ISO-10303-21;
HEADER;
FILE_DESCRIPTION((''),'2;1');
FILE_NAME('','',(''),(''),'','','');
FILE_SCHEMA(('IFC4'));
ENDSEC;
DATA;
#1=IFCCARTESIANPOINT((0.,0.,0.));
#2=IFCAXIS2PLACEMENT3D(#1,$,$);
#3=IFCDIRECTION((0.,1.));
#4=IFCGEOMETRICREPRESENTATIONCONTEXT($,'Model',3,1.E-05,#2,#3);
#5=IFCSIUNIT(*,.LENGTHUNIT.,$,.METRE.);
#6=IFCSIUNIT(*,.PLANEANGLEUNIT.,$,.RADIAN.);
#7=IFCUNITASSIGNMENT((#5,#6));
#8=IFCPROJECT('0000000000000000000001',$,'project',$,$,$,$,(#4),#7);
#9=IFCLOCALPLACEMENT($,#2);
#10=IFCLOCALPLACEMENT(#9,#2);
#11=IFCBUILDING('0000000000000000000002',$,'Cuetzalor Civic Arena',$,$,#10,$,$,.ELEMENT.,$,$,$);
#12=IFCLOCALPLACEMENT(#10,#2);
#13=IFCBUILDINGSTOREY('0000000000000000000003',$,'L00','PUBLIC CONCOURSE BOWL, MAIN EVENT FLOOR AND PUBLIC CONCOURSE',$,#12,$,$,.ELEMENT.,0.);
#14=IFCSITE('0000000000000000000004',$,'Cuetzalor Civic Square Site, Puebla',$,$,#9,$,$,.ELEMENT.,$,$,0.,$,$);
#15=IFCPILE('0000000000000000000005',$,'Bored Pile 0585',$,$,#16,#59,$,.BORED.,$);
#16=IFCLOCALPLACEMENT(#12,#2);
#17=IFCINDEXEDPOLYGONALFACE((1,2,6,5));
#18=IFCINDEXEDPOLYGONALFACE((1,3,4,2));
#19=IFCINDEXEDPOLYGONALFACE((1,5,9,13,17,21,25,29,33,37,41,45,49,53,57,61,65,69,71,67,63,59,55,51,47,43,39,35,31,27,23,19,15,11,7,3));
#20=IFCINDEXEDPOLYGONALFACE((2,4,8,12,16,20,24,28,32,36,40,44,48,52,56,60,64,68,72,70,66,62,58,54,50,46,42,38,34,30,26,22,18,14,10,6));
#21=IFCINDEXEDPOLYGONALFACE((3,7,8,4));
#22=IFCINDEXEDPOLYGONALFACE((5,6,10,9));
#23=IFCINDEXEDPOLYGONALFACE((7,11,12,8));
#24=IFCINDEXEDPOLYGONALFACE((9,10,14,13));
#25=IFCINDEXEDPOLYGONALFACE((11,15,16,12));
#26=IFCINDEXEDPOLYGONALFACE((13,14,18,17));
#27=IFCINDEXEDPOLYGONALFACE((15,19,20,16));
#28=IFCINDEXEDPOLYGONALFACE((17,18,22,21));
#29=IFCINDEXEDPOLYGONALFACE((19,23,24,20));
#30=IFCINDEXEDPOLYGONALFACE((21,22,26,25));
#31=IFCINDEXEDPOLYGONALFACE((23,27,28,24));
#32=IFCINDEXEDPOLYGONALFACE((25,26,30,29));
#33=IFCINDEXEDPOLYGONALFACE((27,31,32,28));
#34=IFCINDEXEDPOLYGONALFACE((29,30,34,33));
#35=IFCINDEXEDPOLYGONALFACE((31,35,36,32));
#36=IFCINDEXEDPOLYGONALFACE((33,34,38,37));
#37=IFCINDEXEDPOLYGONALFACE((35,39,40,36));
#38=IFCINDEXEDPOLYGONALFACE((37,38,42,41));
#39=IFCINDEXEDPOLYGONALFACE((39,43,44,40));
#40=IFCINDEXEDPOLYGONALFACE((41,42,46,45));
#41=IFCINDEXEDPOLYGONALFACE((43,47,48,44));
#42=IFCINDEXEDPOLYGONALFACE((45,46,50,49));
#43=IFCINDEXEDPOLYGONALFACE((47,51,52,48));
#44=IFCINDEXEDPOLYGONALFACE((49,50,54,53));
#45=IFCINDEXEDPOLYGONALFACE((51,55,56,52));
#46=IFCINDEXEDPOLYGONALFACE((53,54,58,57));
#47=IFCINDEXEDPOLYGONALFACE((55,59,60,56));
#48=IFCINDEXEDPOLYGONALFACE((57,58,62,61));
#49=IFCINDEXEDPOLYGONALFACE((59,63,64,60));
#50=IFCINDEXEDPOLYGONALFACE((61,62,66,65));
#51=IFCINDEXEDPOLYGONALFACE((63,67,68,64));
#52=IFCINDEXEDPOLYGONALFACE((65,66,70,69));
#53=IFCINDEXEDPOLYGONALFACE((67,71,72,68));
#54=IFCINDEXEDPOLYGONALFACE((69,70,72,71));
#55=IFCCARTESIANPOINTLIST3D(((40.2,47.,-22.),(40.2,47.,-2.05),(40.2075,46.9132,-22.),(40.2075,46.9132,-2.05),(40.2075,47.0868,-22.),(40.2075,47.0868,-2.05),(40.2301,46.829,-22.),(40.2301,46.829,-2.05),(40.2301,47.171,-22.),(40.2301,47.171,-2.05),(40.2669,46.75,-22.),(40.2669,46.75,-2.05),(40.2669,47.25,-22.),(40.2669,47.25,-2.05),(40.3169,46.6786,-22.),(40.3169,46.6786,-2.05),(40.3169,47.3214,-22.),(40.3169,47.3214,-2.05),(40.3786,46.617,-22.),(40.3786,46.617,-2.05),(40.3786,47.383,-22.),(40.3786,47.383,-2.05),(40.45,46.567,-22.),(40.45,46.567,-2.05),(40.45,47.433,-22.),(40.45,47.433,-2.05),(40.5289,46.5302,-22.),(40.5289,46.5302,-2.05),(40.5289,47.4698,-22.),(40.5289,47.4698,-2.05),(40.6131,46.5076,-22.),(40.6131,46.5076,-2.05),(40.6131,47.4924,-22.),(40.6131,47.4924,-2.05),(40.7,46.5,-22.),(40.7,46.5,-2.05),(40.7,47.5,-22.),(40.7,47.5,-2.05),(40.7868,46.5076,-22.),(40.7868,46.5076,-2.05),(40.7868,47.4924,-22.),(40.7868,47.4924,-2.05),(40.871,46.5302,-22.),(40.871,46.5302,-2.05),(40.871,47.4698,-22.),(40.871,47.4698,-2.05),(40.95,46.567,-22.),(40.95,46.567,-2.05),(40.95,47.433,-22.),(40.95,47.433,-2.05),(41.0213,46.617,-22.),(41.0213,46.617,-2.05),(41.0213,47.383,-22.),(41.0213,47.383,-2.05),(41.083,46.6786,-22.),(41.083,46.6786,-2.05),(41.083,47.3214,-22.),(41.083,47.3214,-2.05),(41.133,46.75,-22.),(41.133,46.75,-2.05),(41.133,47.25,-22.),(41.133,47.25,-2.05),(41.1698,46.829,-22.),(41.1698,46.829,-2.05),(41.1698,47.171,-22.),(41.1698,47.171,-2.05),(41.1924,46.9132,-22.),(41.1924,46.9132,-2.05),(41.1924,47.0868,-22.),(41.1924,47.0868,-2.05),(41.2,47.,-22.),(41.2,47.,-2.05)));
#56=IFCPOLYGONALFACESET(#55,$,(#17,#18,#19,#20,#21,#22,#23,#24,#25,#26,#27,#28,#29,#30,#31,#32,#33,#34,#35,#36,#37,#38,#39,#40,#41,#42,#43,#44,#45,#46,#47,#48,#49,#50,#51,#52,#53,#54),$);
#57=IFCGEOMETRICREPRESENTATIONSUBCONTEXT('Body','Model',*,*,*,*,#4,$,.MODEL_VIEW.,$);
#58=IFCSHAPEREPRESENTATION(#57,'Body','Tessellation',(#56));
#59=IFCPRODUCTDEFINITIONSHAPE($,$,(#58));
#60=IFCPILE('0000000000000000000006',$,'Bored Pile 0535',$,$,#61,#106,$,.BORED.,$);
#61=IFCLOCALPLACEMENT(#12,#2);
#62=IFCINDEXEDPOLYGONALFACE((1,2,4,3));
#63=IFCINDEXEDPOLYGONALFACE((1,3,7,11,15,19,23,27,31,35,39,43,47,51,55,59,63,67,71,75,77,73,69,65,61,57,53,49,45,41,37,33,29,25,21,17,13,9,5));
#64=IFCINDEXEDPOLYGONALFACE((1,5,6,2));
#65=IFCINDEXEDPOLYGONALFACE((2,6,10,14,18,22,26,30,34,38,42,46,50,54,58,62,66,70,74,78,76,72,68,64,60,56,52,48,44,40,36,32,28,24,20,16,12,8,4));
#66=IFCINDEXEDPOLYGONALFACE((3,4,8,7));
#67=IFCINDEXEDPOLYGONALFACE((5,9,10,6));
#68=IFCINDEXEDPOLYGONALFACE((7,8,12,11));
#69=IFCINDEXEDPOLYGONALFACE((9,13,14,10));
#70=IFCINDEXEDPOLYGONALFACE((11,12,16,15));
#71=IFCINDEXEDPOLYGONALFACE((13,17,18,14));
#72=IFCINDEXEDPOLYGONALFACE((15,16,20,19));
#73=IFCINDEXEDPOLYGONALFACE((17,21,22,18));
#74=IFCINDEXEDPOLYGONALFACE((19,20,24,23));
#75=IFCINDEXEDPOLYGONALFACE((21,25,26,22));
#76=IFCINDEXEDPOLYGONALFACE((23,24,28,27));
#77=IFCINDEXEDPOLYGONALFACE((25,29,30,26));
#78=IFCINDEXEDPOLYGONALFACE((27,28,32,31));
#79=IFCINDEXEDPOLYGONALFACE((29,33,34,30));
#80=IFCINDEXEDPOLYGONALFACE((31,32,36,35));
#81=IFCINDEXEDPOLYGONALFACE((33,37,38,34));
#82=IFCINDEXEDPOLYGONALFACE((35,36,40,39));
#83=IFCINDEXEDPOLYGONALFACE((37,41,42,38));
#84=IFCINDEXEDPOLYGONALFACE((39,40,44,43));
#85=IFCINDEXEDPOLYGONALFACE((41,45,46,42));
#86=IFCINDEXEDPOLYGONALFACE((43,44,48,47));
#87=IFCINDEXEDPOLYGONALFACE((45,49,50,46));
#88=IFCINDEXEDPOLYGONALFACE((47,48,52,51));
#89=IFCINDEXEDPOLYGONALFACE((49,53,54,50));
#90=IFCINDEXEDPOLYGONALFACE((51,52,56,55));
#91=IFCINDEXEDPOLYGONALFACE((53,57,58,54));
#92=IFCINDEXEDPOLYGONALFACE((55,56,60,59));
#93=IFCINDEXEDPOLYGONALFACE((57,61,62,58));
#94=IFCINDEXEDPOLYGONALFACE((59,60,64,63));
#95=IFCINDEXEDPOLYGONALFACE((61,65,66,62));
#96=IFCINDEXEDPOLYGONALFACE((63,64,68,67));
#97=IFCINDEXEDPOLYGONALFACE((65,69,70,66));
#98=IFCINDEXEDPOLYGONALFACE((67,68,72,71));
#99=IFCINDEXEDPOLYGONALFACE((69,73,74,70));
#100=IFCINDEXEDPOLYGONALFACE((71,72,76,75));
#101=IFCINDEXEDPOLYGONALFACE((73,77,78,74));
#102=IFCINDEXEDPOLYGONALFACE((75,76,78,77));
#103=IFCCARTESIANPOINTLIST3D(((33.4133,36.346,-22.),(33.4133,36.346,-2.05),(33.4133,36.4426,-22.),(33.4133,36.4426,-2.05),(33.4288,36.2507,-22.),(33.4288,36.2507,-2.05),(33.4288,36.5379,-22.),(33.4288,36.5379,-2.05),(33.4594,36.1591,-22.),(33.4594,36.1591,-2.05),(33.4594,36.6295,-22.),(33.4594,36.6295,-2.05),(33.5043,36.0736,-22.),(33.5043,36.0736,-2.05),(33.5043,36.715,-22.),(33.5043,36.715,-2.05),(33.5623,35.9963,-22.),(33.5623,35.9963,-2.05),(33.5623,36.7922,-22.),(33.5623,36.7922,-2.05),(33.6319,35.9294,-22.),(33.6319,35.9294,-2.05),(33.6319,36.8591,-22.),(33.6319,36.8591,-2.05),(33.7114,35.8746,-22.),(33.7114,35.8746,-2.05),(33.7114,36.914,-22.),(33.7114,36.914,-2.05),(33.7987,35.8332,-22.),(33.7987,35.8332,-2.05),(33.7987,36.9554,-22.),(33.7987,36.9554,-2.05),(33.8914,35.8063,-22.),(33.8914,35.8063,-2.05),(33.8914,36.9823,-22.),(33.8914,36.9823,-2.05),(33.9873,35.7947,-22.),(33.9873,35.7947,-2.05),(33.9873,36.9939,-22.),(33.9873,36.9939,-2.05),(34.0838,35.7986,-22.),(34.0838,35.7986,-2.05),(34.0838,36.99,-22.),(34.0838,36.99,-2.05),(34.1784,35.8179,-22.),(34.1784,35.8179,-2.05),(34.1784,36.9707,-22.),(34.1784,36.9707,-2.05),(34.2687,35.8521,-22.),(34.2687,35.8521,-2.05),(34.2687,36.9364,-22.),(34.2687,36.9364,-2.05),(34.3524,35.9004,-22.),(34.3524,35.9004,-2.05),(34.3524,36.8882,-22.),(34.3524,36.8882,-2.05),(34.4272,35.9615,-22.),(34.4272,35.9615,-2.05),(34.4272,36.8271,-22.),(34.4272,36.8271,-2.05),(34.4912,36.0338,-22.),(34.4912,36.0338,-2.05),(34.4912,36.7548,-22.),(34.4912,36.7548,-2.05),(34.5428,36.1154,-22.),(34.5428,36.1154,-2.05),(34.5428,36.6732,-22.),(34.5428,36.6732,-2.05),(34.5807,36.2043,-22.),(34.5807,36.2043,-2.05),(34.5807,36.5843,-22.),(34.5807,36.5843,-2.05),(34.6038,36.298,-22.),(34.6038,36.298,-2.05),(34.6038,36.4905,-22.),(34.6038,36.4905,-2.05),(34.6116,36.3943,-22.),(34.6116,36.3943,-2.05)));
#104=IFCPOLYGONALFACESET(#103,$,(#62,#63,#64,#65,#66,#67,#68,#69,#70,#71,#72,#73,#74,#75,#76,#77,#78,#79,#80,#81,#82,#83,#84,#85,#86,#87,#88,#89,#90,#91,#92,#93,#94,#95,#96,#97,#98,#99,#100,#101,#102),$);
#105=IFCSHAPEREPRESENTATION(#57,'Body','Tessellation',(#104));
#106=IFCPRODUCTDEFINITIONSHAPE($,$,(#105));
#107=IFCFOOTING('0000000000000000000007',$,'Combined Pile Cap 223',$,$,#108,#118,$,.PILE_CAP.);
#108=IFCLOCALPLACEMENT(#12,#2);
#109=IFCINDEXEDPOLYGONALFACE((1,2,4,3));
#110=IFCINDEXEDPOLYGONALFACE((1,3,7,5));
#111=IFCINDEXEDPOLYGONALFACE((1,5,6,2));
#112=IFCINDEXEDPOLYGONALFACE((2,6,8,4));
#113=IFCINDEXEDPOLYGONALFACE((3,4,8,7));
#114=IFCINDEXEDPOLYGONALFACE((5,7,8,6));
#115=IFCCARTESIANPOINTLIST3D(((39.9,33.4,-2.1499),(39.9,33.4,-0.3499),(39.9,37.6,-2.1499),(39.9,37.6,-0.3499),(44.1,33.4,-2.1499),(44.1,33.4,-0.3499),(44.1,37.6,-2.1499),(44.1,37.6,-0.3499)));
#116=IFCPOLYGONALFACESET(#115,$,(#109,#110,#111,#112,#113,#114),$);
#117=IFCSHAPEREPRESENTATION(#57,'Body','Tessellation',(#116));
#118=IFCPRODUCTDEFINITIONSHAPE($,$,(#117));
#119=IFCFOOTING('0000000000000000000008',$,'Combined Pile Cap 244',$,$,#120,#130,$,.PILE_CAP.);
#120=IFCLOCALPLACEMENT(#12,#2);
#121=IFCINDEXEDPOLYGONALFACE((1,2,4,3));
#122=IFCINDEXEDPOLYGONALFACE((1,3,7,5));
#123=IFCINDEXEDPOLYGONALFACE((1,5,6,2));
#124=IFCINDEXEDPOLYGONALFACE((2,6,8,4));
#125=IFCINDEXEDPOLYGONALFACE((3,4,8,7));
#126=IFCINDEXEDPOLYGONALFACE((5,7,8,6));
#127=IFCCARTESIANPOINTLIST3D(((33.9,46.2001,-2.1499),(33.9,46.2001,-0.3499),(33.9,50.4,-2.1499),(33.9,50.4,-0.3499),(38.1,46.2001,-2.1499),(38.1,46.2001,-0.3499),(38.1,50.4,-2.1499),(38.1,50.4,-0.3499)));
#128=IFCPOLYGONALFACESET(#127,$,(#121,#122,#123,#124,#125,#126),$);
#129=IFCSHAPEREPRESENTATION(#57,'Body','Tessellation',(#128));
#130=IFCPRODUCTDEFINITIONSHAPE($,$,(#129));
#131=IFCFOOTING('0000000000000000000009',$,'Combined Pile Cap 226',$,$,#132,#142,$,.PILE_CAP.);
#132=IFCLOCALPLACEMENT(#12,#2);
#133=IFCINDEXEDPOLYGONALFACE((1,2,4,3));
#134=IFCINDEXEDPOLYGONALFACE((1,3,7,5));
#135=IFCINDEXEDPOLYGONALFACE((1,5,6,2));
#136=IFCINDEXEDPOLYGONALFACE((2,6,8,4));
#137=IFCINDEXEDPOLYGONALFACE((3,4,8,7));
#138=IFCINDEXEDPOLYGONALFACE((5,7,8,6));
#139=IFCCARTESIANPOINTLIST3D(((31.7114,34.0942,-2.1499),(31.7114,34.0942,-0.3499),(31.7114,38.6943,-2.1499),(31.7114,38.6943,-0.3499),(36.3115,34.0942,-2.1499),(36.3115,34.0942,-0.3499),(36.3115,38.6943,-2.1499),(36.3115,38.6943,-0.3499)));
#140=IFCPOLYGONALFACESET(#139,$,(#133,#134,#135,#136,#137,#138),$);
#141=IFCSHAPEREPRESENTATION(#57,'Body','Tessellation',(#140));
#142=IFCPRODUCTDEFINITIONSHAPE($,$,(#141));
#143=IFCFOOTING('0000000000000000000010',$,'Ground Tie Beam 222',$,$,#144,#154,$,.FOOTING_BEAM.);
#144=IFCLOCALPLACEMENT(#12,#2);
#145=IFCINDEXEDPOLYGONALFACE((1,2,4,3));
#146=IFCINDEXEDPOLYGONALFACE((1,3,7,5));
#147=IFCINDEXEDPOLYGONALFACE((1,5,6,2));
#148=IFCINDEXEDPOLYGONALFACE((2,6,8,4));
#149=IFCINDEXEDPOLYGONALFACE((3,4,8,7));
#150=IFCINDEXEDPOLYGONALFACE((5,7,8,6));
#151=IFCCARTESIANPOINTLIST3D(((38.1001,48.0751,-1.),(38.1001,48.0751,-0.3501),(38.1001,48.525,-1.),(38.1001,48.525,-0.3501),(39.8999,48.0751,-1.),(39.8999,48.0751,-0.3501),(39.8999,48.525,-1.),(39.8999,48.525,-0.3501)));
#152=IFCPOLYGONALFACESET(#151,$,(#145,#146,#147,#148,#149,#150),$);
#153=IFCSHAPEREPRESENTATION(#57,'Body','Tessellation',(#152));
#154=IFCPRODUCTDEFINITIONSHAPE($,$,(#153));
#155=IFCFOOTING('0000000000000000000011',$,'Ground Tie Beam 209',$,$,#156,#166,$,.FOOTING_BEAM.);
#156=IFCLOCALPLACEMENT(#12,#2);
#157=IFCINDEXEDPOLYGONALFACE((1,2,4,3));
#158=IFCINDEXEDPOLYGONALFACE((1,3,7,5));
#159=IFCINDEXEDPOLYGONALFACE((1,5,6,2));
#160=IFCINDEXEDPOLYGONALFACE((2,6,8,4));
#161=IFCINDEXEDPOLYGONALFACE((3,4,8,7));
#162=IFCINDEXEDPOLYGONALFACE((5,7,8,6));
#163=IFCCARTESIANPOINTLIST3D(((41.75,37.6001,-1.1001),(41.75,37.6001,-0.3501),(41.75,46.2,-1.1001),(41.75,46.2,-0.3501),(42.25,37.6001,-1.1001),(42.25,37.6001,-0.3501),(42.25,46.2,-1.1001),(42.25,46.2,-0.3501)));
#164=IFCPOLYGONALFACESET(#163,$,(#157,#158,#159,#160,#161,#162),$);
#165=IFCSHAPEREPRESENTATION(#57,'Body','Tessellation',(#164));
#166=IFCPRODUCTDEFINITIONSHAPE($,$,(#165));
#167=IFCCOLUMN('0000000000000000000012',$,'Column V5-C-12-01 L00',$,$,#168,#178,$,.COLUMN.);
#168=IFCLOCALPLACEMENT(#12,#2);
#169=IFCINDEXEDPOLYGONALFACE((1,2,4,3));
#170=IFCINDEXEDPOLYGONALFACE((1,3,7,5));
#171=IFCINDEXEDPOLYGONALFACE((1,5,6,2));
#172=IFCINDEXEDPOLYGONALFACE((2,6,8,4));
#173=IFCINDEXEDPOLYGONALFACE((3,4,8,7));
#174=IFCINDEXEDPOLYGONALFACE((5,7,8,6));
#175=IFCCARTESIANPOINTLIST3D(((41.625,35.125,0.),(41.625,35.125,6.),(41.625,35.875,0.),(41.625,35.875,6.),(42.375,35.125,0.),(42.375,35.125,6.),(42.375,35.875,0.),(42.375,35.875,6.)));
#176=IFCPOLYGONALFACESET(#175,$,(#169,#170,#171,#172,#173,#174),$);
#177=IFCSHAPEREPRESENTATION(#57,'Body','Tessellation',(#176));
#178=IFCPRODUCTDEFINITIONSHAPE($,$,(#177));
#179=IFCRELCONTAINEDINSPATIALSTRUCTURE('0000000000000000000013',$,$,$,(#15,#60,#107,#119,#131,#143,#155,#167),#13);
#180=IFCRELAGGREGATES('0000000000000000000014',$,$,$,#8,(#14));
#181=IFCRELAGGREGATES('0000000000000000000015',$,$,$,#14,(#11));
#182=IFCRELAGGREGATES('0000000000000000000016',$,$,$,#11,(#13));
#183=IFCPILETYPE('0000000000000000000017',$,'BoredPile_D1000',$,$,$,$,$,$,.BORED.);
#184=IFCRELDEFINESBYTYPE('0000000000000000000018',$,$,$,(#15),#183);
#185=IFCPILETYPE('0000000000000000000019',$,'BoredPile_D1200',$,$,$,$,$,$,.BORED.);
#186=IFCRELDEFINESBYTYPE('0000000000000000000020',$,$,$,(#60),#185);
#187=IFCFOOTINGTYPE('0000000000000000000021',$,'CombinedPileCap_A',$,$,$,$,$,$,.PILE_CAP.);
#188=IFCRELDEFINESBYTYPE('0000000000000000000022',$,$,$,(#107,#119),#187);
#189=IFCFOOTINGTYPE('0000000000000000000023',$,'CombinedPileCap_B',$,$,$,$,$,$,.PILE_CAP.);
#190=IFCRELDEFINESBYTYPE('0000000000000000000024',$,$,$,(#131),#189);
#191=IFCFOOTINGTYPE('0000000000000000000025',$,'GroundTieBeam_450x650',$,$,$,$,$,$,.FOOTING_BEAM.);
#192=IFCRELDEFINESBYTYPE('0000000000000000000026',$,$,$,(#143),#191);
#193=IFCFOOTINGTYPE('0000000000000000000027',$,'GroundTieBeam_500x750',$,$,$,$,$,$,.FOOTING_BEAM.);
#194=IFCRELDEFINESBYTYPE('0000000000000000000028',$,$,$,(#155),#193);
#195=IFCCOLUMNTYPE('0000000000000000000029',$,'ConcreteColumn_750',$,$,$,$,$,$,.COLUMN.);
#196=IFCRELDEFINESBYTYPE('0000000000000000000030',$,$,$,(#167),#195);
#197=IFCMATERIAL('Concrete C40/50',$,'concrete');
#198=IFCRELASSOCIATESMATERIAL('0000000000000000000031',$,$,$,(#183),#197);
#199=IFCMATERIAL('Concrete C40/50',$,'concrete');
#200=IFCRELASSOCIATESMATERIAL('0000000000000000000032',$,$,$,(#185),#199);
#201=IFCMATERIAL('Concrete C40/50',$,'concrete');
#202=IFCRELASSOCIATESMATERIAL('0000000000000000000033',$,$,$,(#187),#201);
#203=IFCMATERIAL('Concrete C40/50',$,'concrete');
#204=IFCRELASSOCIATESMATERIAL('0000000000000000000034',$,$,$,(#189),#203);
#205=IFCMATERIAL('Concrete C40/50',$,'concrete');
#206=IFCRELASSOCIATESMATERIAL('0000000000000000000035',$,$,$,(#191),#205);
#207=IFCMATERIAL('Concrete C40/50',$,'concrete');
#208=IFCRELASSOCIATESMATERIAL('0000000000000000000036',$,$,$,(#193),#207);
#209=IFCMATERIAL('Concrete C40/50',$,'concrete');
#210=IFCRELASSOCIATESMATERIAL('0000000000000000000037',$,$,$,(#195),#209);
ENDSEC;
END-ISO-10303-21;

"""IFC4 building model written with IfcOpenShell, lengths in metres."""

from ifc_helpers import new_model, si_unit, direction, frame, origin, origin_2d, place, context, subcontext, project, spatial, rectangle, circle, extrude, material, material_profile, profile_set, type_object, element, save


model = new_model("IFC4")

# Units and contexts
model_context = context("Model", 3, precision=1e-05, world=origin(), true_north=direction((0.0, 1.0)))
body_context = subcontext(model_context, "Body", "Model", "MODEL_VIEW")
ifc_project = project(units=[si_unit("LENGTHUNIT", "METRE"), si_unit("PLANEANGLEUNIT", "RADIAN")], contexts=[model_context])

# Site, building, storey
site_placement = place(None, origin())
site = spatial("IfcSite", under=ifc_project, at=site_placement, Name="Cuetzalor Civic Square Site, Puebla", CompositionType="ELEMENT", RefElevation=0.0)
building_placement = place(site_placement, origin())
building = spatial("IfcBuilding", under=site, at=building_placement, Name="Cuetzalor Civic Arena", CompositionType="ELEMENT")
storey_placement = place(building_placement, origin())
storey = spatial("IfcBuildingStorey", under=building, at=storey_placement, Name="L00", Description="PUBLIC CONCOURSE BOWL, MAIN EVENT FLOOR AND PUBLIC CONCOURSE", CompositionType="ELEMENT", Elevation=0.0)

# Piles
ifc_material_1 = material(Name="Concrete C40/50", Category="concrete")
ifc_material_profile_1 = material_profile(ifc_material_1, circle(Radius=0.5, at=origin_2d()), Name="BORED PILE D1000")
ifc_profile_set_1 = profile_set([ifc_material_profile_1], Name="Concrete C40/50")
pile_type_1 = type_object("IfcPileType", Name="BoredPile_D1000", PredefinedType="BORED", material=ifc_profile_set_1)
for number, where, z_axis, x_axis, name in (
    (1, (40.7, 47.0, -2.05), (0.0, 0.0, -1.0), (1.0, 0.0, 0.0), "Bored Pile 0585"),
):
    element("IfcPile", number, at=place(storey_placement, frame(where, z_axis=z_axis, x_axis=x_axis)), inside=storey, type_object=pile_type_1, Name=name, PredefinedType="BORED", context=body_context, shape_type="SweptSolid", body=[
        extrude(circle(Radius=0.5, at=origin_2d()), origin(), (0.0, 0.0, 1.0), 19.95),
    ])
ifc_material_2 = material(Name="Concrete C40/50", Category="concrete")
ifc_material_profile_2 = material_profile(ifc_material_2, circle(Radius=0.6001, at=origin_2d()), Name="BORED PILE D1200")
ifc_profile_set_2 = profile_set([ifc_material_profile_2], Name="Concrete C40/50")
pile_type_2 = type_object("IfcPileType", Name="BoredPile_D1200", PredefinedType="BORED", material=ifc_profile_set_2)
pile_placement = place(storey_placement, frame((34.0115, 36.3943, -2.05), z_axis=(0.0, 0.0, -1.0), x_axis=(1.0, 0.0, 0.0)))
element("IfcPile", 2, at=pile_placement, inside=storey, type_object=pile_type_2, Name="Bored Pile 0535", PredefinedType="BORED", context=body_context, shape_type="SweptSolid", body=[
    extrude(circle(Radius=0.6001, at=origin_2d()), origin(), (0.0, 0.0, 1.0), 19.95),
])

# Footings
ifc_material_3 = material(Name="Concrete C40/50", Category="concrete")
footing_type_1 = type_object("IfcFootingType", Name="CombinedPileCap_A", PredefinedType="PILE_CAP", material=ifc_material_3)
for number, where, z_axis, x_axis, name in (
    (3, (42.0, 35.5, -2.1499), (0.0, 0.0, 1.0), (1.0, 0.0, 0.0), "Combined Pile Cap 223"),
    (4, (36.0, 48.3, -2.1499), (0.0, 0.0, 1.0), (1.0, 0.0, 0.0), "Combined Pile Cap 244"),
):
    element("IfcFooting", number, at=place(storey_placement, frame(where, z_axis=z_axis, x_axis=x_axis)), inside=storey, type_object=footing_type_1, Name=name, PredefinedType="PILE_CAP", context=body_context, shape_type="SweptSolid", body=[
        extrude(rectangle(XDim=4.2, YDim=4.2, at=origin_2d()), origin(), (0.0, 0.0, 1.0), 1.8),
    ])
ifc_material_4 = material(Name="Concrete C40/50", Category="concrete")
footing_type_2 = type_object("IfcFootingType", Name="CombinedPileCap_B", PredefinedType="PILE_CAP", material=ifc_material_4)
footing_1_placement = place(storey_placement, frame((34.0115, 36.3943, -2.1499), z_axis=(0.0, 0.0, 1.0), x_axis=(1.0, 0.0, 0.0)))
element("IfcFooting", 5, at=footing_1_placement, inside=storey, type_object=footing_type_2, Name="Combined Pile Cap 226", PredefinedType="PILE_CAP", context=body_context, shape_type="SweptSolid", body=[
    extrude(rectangle(XDim=4.6001, YDim=4.6001, at=origin_2d()), origin(), (0.0, 0.0, 1.0), 1.8),
])
ifc_material_5 = material(Name="Concrete C40/50", Category="concrete")
ifc_material_profile_3 = material_profile(ifc_material_5, rectangle(XDim=0.45, YDim=0.6499, at=origin_2d()), Name="RC 450x650")
ifc_profile_set_3 = profile_set([ifc_material_profile_3], Name="Concrete C40/50")
footing_type_3 = type_object("IfcFootingType", Name="GroundTieBeam_450x650", PredefinedType="FOOTING_BEAM", material=ifc_profile_set_3)
footing_2_placement = place(storey_placement, frame((38.1001, 48.3, -0.675), z_axis=(1.0, 0.0, 0.0), x_axis=(0.0, 1.0, 0.0)))
element("IfcFooting", 6, at=footing_2_placement, inside=storey, type_object=footing_type_3, Name="Ground Tie Beam 222", PredefinedType="FOOTING_BEAM", context=body_context, shape_type="SweptSolid", body=[
    extrude(rectangle(XDim=0.45, YDim=0.6499, at=origin_2d()), origin(), (0.0, 0.0, 1.0), 1.7998),
])
ifc_material_6 = material(Name="Concrete C40/50", Category="concrete")
ifc_material_profile_4 = material_profile(ifc_material_6, rectangle(XDim=0.5, YDim=0.75, at=origin_2d()), Name="RC 500x750")
ifc_profile_set_4 = profile_set([ifc_material_profile_4], Name="Concrete C40/50")
footing_type_4 = type_object("IfcFootingType", Name="GroundTieBeam_500x750", PredefinedType="FOOTING_BEAM", material=ifc_profile_set_4)
footing_3_placement = place(storey_placement, frame((42.0, 37.6001, -0.7251), z_axis=(0.0, 1.0, 0.0), x_axis=(-1.0, 0.0, 0.0)))
element("IfcFooting", 7, at=footing_3_placement, inside=storey, type_object=footing_type_4, Name="Ground Tie Beam 209", PredefinedType="FOOTING_BEAM", context=body_context, shape_type="SweptSolid", body=[
    extrude(rectangle(XDim=0.5, YDim=0.75, at=origin_2d()), origin(), (0.0, 0.0, 1.0), 8.5999),
])

# Column
ifc_material_7 = material(Name="Concrete C40/50", Category="concrete")
ifc_material_profile_5 = material_profile(ifc_material_7, rectangle(XDim=0.75, YDim=0.75, at=origin_2d()), Name="RC 750x750")
ifc_profile_set_5 = profile_set([ifc_material_profile_5], Name="Concrete C40/50")
column_type_1 = type_object("IfcColumnType", Name="ConcreteColumn_750", PredefinedType="COLUMN", material=ifc_profile_set_5)
column_1_placement = place(storey_placement, frame((42.0, 35.5, 0.0), z_axis=(0.0, 0.0, 1.0), x_axis=(1.0, 0.0, 0.0)))
element("IfcColumn", 8, at=column_1_placement, inside=storey, type_object=column_type_1, Name="Column V5-C-12-01 L00", PredefinedType="COLUMN", context=body_context, shape_type="SweptSolid", body=[
    extrude(rectangle(XDim=0.75, YDim=0.75, at=origin_2d()), origin(), (0.0, 0.0, 1.0), 6.0),
])

save(model, "model.ifc")
